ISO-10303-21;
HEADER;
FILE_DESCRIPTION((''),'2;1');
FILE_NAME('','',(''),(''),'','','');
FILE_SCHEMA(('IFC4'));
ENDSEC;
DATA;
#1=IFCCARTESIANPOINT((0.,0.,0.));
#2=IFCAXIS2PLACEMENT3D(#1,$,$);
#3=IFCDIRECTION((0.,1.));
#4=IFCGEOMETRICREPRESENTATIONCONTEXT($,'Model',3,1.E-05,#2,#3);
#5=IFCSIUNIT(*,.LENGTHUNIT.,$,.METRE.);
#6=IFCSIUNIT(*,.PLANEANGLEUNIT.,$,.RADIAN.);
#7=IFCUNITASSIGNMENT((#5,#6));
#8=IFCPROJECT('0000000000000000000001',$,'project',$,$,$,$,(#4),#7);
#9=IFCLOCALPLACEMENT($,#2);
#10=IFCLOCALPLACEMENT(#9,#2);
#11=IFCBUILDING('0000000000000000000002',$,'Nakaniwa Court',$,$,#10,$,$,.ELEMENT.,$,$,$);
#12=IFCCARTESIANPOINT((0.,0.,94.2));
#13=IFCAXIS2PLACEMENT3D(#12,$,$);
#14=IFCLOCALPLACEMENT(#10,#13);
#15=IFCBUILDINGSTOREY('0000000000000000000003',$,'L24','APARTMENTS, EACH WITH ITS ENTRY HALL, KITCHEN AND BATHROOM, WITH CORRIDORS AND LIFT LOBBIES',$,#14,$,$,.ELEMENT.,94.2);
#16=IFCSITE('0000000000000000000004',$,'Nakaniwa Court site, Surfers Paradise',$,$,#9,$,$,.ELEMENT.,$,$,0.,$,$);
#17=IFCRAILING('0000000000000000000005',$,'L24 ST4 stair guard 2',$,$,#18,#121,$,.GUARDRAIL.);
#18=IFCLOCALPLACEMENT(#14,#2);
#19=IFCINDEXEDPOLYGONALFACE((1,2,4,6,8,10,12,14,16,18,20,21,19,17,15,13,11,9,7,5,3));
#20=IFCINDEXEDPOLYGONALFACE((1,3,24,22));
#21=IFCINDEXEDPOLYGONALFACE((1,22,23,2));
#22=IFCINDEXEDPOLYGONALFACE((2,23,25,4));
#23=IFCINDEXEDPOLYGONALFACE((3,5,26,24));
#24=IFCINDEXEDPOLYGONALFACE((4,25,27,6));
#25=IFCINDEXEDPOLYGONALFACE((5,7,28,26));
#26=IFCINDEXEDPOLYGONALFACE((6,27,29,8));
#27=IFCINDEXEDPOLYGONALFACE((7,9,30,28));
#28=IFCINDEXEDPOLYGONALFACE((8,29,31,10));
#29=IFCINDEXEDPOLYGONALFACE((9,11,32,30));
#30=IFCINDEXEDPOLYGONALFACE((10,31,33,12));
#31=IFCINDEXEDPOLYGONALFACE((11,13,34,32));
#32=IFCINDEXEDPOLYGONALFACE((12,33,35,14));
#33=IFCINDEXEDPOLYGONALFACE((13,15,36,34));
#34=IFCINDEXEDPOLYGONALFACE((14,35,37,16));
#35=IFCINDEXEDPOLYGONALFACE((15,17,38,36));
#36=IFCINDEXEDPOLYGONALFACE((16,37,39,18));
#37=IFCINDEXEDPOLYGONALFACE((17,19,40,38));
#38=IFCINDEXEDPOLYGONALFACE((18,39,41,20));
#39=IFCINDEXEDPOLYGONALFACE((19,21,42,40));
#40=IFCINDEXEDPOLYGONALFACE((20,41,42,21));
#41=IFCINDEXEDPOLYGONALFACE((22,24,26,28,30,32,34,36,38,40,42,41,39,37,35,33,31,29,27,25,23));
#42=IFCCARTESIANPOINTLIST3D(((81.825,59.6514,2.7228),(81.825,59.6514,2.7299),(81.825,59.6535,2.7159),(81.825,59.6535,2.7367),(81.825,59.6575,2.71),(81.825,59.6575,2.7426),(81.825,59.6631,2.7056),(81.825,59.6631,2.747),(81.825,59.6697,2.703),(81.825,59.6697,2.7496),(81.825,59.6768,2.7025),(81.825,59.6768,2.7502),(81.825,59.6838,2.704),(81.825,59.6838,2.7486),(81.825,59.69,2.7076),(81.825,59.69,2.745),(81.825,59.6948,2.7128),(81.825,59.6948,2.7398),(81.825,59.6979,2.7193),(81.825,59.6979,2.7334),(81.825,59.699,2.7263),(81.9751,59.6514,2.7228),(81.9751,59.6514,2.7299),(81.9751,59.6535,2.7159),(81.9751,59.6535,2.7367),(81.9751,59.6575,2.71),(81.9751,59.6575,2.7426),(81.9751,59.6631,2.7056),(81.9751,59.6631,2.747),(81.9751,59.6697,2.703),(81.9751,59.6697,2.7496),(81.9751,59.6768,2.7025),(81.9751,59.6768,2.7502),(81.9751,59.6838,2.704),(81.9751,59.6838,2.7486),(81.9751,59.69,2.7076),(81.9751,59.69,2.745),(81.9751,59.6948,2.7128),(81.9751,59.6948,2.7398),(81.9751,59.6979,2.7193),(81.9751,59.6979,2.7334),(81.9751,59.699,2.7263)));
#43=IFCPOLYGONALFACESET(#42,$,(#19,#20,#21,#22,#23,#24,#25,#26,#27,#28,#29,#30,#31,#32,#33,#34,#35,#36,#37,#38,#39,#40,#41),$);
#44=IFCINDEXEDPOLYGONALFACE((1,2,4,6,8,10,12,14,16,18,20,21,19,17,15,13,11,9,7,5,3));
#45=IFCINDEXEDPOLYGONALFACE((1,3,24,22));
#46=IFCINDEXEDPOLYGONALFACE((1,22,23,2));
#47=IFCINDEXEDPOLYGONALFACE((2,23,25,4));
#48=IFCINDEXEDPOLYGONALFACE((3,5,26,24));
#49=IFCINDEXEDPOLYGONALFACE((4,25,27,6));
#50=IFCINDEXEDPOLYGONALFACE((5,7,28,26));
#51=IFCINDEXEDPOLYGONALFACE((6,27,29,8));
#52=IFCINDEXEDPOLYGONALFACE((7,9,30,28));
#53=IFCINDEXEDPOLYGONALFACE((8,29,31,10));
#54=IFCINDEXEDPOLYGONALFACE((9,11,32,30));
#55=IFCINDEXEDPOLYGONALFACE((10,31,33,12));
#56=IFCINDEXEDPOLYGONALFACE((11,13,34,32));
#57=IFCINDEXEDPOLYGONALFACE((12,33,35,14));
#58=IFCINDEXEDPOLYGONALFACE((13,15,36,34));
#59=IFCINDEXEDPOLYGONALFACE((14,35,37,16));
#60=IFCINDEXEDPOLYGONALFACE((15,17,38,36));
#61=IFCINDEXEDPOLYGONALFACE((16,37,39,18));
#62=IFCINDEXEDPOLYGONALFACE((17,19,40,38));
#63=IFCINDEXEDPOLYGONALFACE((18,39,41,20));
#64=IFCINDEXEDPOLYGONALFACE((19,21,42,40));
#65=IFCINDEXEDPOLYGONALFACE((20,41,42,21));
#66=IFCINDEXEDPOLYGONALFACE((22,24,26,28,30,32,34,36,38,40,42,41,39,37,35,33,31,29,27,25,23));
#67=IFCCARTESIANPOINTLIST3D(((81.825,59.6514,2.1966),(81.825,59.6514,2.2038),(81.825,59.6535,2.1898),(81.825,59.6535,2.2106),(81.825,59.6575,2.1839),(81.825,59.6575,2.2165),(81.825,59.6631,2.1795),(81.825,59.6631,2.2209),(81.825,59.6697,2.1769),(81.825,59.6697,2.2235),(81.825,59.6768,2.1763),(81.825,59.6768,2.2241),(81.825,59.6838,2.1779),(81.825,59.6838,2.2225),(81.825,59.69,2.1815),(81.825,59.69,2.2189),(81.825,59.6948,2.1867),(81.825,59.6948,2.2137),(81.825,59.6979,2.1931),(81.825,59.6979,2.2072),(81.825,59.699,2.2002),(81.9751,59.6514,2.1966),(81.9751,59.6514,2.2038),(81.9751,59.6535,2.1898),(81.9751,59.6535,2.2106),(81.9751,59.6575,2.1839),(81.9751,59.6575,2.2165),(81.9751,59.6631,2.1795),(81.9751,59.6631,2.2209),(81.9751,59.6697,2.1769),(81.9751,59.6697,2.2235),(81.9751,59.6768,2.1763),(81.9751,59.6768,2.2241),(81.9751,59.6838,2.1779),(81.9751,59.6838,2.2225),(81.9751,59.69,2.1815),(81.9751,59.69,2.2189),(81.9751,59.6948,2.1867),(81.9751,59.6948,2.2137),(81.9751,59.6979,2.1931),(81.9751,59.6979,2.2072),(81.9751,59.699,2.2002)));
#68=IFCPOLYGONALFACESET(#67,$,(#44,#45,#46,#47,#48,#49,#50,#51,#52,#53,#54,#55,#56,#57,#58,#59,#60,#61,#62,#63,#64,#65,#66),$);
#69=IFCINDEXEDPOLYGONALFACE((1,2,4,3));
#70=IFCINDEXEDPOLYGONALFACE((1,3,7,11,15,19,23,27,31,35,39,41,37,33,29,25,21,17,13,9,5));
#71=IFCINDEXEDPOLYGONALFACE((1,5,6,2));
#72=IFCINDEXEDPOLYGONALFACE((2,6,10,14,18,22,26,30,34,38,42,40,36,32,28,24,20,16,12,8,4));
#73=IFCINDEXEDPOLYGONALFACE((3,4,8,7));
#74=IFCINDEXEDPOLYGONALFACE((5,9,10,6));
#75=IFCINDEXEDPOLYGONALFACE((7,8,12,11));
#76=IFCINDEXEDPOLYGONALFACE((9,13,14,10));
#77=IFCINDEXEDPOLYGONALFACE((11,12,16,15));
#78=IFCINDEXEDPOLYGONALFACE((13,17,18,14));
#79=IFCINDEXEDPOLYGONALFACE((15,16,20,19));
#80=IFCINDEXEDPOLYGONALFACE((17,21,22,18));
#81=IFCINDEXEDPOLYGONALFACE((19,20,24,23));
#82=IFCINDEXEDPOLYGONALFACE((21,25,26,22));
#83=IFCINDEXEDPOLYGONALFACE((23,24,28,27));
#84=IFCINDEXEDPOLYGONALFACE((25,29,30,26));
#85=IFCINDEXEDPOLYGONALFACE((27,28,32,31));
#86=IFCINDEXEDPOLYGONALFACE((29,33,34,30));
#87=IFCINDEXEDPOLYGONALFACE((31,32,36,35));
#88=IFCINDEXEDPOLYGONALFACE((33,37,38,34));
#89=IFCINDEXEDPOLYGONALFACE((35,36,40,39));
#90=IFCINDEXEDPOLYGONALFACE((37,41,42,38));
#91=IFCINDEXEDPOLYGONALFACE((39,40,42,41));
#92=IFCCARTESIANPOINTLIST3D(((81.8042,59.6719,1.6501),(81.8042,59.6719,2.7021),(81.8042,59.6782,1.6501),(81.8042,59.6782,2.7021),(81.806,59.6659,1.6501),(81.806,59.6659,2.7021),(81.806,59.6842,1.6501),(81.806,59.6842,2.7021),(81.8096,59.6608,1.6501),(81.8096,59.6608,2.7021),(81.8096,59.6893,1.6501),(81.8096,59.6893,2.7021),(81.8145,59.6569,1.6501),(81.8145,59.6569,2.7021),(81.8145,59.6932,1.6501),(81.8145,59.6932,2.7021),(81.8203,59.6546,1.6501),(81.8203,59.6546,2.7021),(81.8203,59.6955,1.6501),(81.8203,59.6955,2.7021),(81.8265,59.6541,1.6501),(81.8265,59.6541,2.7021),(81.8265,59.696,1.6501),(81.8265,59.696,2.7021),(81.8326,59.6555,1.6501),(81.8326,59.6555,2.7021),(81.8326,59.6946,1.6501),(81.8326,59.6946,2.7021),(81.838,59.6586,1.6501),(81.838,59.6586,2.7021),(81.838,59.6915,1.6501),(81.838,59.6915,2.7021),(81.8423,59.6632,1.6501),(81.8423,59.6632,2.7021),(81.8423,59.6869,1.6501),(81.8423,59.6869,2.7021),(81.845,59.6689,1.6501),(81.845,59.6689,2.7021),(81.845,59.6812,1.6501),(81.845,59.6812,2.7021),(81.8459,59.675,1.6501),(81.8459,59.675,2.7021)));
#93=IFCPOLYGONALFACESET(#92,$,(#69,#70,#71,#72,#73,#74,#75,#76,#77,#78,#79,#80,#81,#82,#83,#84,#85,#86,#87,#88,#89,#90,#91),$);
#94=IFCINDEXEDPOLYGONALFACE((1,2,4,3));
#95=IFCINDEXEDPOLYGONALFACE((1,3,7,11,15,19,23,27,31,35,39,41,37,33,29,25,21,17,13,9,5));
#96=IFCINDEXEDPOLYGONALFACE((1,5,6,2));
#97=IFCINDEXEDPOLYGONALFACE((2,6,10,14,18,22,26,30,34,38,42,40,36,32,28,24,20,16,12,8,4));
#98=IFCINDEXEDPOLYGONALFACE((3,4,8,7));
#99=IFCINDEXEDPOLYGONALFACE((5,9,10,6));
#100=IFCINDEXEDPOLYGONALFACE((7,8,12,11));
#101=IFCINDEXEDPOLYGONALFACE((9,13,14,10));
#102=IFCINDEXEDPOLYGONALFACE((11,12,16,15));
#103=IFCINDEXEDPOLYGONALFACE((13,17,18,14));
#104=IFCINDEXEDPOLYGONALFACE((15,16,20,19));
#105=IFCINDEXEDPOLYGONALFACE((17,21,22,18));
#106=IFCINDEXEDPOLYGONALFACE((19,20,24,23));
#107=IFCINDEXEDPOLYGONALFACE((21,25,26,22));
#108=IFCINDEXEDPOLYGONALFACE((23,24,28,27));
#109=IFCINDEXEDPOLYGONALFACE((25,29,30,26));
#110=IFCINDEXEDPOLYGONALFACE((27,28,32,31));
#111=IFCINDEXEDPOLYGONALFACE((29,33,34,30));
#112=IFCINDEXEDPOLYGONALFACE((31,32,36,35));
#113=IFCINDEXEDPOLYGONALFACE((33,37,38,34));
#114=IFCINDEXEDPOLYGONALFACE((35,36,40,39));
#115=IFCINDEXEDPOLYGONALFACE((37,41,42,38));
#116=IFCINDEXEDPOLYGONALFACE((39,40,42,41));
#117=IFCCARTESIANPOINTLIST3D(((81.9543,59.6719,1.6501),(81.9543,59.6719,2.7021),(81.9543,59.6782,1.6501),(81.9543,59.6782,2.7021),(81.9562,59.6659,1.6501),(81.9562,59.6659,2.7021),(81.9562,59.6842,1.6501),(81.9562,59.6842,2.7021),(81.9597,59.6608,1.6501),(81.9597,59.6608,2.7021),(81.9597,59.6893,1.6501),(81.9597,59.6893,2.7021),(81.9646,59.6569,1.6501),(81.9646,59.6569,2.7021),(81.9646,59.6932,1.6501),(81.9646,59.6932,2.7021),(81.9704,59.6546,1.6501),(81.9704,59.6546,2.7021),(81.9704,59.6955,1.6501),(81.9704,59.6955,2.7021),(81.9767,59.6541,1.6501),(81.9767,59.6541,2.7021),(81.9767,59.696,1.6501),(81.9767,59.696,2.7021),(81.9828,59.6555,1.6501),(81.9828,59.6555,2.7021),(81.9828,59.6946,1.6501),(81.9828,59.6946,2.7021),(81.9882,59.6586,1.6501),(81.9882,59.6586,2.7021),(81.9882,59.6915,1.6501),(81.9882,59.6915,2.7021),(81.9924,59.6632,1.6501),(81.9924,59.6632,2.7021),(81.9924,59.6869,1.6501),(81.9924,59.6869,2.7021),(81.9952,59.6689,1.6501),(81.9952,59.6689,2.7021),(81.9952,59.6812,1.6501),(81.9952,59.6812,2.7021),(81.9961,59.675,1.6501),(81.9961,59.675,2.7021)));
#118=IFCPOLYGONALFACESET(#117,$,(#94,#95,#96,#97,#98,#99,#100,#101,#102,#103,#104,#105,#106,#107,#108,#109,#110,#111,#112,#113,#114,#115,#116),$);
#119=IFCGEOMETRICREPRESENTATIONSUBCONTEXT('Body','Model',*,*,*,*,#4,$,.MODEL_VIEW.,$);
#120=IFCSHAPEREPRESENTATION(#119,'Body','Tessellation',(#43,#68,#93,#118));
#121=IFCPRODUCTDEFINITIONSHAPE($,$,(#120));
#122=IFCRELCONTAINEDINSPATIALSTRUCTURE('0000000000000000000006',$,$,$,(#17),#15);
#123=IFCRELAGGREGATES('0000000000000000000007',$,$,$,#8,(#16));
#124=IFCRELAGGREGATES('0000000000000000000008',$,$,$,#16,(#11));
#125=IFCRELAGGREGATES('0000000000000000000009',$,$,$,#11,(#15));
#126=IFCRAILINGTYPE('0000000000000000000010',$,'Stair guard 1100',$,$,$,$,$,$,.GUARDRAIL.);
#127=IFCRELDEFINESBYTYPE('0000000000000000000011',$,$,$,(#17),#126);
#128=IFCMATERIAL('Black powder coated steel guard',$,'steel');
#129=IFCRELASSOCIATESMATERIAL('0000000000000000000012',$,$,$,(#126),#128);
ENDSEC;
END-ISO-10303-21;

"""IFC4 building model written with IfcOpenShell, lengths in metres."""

from ifc_helpers import new_model, si_unit, direction, frame, origin, origin_2d, place, context, subcontext, project, spatial, circle, extrude, material, type_object, element, save


model = new_model("IFC4")

# Units and contexts
model_context = context("Model", 3, precision=1e-05, world=origin(), true_north=direction((0.0, 1.0)))
body_context = subcontext(model_context, "Body", "Model", "MODEL_VIEW")
ifc_project = project(units=[si_unit("LENGTHUNIT", "METRE"), si_unit("PLANEANGLEUNIT", "RADIAN")], contexts=[model_context])

# Site, building, storey
site_placement = place(None, origin())
site = spatial("IfcSite", under=ifc_project, at=site_placement, Name="Nakaniwa Court site, Surfers Paradise", CompositionType="ELEMENT", RefElevation=0.0)
building_placement = place(site_placement, origin())
building = spatial("IfcBuilding", under=site, at=building_placement, Name="Nakaniwa Court", CompositionType="ELEMENT")
storey_placement = place(building_placement, frame((0.0, 0.0, 94.2)))
storey = spatial("IfcBuildingStorey", under=building, at=storey_placement, Name="L24", Description="APARTMENTS, EACH WITH ITS ENTRY HALL, KITCHEN AND BATHROOM, WITH CORRIDORS AND LIFT LOBBIES", CompositionType="ELEMENT", Elevation=94.2)

# Railing
ifc_material_1 = material(Name="Black powder coated steel guard", Category="steel")
railing_type_1 = type_object("IfcRailingType", Name="Stair guard 1100", PredefinedType="GUARDRAIL", material=ifc_material_1)
railing_1_placement = place(storey_placement, frame((81.825, 59.675, 1.6501)))
element("IfcRailing", 1, at=railing_1_placement, inside=storey, type_object=railing_type_1, Name="L24 ST4 stair guard 2", PredefinedType="GUARDRAIL", context=body_context, shape_type="SweptSolid", body=[
    extrude(circle(Radius=0.0239, at=origin_2d()), frame((0.0, 0.0, 1.0762), z_axis=(1.0, 0.0, 0.0), x_axis=(0.0, 1.0, 0.0)), (0.0, 0.0, 1.0), 0.1501),
    extrude(circle(Radius=0.0239, at=origin_2d()), frame((0.0, 0.0, 0.55), z_axis=(1.0, 0.0, 0.0), x_axis=(0.0, 1.0, 0.0)), (0.0, 0.0, 1.0), 0.1501),
    extrude(circle(Radius=0.021, at=origin_2d()), origin(), (0.0, 0.0, 1.0), 1.052),
    extrude(circle(Radius=0.021, at=origin_2d()), frame((0.1501, 0.0, 0.0)), (0.0, 0.0, 1.0), 1.052),
])

save(model, "model.ifc")
